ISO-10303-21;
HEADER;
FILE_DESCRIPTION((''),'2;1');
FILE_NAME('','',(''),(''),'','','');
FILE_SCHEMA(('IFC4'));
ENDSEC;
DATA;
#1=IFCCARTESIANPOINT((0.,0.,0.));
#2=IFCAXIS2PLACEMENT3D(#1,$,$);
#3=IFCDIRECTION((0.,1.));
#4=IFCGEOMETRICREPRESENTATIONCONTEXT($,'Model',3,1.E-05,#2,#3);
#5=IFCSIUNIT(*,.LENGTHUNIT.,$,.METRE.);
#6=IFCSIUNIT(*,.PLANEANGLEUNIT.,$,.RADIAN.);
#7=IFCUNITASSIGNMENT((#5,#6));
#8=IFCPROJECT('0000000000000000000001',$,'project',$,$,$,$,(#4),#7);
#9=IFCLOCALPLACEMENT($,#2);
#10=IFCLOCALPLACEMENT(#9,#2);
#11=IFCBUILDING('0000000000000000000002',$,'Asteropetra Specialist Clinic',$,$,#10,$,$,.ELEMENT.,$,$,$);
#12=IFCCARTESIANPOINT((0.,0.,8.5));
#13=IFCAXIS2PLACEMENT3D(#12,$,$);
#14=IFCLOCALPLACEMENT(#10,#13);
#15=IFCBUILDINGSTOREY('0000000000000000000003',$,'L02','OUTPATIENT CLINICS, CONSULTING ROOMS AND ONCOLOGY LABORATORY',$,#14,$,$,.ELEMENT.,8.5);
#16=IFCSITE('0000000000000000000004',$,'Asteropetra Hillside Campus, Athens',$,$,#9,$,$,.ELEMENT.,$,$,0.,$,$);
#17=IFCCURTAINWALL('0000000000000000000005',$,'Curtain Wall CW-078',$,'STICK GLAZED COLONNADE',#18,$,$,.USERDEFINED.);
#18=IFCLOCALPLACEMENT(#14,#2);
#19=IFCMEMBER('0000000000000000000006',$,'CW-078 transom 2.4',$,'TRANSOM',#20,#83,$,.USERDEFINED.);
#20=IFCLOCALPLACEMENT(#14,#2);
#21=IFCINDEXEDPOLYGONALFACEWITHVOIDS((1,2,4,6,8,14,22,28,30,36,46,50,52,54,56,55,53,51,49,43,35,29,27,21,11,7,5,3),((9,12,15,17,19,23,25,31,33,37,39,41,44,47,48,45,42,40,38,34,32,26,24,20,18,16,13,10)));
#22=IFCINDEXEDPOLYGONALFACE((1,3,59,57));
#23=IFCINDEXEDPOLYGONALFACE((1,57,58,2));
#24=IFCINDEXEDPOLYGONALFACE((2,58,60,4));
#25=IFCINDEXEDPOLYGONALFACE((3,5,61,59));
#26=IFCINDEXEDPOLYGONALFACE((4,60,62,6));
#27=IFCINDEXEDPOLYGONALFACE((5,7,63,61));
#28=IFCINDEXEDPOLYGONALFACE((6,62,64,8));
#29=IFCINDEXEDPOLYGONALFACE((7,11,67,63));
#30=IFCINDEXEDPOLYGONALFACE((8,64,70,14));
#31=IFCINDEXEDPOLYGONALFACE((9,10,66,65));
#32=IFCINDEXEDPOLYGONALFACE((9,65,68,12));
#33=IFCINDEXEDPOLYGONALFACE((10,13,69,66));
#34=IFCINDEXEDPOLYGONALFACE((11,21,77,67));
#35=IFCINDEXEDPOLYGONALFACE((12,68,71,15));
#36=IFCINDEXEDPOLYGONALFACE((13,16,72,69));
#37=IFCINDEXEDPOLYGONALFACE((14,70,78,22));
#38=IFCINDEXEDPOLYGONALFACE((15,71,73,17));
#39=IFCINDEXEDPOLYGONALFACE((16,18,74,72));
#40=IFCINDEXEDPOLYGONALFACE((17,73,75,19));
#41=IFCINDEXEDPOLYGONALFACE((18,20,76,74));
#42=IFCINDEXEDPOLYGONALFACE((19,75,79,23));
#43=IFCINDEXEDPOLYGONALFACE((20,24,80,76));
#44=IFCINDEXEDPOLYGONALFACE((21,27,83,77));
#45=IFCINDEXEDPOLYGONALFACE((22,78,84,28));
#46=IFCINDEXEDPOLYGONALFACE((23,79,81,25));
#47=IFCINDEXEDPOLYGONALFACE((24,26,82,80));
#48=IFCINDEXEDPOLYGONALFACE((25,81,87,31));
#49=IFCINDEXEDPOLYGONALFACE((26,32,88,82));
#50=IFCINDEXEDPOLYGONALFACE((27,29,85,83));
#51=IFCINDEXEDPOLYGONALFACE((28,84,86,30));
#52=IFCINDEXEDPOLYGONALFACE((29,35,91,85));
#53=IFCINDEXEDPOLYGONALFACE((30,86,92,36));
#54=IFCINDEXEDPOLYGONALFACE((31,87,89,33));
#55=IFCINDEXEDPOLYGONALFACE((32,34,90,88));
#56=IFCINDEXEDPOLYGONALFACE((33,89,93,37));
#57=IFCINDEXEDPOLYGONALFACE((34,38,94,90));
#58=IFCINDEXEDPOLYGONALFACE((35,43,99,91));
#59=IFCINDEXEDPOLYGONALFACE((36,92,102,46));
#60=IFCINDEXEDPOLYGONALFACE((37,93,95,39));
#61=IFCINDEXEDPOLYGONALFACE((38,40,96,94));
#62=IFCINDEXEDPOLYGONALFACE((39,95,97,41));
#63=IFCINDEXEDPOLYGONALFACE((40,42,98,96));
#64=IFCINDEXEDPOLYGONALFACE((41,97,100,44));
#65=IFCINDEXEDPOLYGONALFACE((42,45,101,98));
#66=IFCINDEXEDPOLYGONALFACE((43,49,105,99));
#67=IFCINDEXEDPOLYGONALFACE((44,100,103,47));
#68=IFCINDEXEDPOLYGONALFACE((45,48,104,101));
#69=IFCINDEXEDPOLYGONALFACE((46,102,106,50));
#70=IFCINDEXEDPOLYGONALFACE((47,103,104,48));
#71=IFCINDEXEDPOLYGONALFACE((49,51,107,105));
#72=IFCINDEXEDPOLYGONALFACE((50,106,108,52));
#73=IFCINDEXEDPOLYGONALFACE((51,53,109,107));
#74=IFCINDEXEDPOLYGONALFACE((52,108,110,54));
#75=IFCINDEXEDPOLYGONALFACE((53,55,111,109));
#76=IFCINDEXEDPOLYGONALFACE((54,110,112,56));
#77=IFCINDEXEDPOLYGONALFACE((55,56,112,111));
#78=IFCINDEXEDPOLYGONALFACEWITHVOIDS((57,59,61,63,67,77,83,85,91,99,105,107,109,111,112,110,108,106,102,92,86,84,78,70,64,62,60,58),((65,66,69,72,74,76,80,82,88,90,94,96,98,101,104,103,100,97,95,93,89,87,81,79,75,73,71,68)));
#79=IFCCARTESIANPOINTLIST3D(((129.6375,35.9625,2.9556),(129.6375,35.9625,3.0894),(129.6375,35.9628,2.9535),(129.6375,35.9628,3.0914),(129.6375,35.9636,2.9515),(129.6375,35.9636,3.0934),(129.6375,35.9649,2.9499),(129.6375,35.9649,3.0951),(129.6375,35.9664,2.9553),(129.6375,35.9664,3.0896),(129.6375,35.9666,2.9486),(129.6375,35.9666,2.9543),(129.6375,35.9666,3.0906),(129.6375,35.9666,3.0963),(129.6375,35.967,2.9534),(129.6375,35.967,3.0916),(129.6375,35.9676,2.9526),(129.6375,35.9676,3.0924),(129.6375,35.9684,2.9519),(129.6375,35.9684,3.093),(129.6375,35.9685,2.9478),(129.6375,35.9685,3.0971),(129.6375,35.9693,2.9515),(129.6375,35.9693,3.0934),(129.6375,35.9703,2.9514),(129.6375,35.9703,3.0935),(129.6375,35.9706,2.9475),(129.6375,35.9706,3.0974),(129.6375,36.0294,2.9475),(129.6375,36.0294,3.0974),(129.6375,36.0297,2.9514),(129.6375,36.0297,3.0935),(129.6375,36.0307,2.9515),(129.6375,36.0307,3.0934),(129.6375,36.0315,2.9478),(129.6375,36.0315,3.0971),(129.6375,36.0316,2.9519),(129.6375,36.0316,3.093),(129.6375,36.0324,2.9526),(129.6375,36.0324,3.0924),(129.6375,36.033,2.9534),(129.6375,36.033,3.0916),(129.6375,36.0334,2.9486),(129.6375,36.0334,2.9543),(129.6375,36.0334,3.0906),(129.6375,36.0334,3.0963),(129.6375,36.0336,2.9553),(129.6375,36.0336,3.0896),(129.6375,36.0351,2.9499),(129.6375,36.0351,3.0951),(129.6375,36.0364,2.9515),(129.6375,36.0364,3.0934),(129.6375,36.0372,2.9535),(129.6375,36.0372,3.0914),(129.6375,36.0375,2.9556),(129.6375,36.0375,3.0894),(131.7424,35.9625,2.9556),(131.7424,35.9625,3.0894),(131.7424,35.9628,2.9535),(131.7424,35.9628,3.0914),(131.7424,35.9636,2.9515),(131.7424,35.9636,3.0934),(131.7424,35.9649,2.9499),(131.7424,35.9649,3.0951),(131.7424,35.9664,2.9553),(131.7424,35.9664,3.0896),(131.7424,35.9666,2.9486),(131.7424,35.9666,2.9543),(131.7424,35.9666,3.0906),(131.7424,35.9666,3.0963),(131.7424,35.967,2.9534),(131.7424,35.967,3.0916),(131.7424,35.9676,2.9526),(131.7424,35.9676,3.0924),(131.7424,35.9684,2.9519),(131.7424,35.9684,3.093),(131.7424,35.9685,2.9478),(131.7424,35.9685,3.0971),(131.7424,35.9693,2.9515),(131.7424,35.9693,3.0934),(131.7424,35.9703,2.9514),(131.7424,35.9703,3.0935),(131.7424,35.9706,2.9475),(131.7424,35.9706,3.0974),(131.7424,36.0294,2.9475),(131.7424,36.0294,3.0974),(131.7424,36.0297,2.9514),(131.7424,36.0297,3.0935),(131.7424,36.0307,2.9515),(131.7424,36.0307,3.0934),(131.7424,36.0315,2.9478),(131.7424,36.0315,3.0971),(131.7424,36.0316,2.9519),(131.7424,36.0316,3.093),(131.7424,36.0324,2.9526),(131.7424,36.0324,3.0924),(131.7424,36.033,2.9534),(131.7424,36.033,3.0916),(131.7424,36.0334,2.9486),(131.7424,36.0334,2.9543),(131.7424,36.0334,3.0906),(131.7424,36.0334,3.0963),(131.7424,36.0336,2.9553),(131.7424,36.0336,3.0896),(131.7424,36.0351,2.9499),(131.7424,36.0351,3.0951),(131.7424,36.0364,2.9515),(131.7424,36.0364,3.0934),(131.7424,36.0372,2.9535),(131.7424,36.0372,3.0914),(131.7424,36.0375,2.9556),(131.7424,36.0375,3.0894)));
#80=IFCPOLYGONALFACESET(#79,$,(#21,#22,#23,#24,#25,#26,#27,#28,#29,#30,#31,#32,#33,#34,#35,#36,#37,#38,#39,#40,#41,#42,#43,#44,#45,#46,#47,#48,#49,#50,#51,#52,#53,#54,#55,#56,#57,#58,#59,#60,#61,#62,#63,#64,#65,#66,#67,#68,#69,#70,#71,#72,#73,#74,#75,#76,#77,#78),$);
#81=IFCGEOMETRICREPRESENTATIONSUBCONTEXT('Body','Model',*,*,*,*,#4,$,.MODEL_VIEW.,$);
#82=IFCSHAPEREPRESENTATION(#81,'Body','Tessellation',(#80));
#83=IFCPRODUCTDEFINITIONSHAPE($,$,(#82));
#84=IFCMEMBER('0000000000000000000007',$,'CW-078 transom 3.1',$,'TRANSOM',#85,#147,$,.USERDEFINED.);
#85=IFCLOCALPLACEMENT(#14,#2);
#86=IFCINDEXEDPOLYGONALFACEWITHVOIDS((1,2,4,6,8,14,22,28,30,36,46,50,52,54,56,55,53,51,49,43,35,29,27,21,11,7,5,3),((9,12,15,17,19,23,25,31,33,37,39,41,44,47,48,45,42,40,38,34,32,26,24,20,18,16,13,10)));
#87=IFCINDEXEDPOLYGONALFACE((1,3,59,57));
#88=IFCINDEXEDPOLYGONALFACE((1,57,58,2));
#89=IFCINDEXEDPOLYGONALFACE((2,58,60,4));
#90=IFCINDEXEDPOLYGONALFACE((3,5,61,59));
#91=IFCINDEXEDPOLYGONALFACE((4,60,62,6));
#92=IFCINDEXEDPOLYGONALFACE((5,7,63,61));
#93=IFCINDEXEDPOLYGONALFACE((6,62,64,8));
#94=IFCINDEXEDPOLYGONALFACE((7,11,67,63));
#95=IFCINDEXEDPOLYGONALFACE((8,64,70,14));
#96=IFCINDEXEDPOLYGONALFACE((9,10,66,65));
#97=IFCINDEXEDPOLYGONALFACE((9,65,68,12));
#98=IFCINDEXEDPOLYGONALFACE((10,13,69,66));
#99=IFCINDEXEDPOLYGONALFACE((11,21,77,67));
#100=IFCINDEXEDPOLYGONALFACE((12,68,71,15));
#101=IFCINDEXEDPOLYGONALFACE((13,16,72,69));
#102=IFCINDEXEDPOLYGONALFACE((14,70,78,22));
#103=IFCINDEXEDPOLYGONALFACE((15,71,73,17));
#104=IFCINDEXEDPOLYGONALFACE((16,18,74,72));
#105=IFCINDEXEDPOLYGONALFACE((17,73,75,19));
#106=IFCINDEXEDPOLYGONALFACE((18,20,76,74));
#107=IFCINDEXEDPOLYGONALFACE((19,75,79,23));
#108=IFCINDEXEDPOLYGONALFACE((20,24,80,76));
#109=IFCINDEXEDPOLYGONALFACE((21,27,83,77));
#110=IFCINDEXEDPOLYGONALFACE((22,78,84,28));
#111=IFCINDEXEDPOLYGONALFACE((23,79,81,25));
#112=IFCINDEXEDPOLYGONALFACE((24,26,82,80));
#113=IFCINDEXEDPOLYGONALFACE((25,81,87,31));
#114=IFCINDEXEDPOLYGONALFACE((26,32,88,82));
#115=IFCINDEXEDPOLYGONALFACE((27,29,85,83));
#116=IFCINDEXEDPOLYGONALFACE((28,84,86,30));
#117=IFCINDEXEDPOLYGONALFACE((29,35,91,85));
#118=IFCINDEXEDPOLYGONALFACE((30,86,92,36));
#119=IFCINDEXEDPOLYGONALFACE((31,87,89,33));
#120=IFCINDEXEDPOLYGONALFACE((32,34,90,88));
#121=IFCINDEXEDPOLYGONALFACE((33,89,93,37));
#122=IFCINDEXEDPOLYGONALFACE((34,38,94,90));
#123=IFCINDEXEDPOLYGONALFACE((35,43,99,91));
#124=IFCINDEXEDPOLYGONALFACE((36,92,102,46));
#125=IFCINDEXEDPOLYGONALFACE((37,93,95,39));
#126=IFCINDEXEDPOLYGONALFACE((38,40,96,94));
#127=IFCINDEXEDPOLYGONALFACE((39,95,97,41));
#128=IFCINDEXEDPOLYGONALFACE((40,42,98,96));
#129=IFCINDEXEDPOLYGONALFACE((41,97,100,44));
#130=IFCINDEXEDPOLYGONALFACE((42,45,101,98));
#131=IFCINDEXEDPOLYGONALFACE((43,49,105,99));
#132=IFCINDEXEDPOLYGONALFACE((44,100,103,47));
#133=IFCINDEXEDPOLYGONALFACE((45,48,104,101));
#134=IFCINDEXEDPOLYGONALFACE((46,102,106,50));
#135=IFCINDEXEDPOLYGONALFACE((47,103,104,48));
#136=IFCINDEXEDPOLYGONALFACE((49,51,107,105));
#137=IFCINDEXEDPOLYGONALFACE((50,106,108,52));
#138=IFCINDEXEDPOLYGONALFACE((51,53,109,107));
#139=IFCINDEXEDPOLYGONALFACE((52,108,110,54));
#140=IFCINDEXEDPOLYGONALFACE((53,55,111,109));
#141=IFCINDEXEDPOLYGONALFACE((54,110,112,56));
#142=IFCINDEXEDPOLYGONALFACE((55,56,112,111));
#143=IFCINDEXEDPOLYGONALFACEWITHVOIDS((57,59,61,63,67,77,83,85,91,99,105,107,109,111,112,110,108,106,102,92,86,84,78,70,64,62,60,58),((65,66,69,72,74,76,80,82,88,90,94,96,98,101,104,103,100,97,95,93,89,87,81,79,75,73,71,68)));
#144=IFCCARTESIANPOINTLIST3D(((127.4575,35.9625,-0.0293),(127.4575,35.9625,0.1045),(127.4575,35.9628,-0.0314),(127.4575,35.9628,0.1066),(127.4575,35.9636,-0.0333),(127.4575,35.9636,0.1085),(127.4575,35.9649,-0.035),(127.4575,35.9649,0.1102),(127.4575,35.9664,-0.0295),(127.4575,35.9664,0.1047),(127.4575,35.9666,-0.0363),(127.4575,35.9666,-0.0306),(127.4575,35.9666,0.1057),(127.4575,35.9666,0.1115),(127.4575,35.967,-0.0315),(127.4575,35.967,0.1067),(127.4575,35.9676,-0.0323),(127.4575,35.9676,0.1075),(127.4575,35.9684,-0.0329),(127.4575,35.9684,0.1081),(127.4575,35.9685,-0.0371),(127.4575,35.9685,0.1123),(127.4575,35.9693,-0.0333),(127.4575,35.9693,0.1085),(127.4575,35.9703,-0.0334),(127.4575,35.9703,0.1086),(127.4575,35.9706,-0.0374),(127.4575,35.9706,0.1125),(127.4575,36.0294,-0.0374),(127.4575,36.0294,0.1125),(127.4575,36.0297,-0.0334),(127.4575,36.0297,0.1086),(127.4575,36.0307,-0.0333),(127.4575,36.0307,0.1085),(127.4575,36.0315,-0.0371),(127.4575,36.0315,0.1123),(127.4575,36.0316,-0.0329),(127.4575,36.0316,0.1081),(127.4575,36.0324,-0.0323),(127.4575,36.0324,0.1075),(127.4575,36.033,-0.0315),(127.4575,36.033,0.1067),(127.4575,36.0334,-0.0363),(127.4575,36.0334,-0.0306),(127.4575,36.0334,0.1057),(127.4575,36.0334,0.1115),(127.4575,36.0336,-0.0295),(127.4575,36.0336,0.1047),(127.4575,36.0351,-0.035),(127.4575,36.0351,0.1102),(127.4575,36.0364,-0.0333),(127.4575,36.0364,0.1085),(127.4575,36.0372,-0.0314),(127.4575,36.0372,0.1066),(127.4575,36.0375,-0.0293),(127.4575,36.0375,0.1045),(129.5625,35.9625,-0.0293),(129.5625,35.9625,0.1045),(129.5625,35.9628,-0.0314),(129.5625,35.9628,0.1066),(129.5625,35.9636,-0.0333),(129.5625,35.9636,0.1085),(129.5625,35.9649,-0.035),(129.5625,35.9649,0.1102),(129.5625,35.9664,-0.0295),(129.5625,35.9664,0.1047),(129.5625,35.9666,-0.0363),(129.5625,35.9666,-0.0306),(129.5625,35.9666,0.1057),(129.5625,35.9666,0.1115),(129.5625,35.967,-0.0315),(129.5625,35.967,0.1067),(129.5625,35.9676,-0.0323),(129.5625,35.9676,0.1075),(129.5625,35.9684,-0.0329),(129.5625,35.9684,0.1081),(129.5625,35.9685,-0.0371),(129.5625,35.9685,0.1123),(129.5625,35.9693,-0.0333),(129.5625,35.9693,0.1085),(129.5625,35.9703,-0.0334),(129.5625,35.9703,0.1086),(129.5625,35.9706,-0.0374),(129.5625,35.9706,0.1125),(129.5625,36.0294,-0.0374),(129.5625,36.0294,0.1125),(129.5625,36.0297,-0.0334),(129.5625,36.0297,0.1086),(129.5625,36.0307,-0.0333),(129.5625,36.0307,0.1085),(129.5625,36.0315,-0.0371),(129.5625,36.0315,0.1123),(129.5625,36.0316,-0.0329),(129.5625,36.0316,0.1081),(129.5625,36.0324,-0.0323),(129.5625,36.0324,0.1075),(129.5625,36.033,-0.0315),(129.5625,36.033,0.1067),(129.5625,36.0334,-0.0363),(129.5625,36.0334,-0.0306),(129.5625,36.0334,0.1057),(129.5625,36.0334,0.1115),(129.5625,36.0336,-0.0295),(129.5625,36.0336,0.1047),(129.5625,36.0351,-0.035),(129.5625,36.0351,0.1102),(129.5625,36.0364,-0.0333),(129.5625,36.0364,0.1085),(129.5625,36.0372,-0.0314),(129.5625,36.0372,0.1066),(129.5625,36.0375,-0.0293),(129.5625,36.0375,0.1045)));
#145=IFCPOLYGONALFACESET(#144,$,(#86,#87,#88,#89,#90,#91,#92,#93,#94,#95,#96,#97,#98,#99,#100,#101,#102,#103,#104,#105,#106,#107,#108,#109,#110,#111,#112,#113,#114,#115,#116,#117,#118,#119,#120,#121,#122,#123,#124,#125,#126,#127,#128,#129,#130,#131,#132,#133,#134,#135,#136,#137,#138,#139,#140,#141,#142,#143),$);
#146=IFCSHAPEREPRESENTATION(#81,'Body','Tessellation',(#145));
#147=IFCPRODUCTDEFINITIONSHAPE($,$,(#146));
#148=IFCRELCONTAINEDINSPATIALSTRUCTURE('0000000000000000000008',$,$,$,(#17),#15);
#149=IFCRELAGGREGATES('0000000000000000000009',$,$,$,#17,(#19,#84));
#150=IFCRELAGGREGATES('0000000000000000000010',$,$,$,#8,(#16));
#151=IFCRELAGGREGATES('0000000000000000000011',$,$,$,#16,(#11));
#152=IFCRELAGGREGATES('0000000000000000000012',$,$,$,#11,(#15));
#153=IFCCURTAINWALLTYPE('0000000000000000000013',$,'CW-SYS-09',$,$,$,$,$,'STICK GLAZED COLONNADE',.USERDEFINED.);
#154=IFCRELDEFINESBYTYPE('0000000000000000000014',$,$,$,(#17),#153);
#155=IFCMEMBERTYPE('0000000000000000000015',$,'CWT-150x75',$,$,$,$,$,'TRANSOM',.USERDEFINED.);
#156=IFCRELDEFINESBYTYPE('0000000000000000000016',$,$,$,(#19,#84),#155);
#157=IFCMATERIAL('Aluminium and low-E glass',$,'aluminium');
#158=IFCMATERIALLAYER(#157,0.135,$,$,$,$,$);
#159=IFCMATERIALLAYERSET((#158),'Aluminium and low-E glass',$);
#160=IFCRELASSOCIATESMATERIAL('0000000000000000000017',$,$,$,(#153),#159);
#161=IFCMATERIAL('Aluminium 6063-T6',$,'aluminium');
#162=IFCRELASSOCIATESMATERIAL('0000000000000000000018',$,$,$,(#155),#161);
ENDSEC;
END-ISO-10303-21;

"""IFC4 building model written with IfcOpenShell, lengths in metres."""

from ifc_helpers import new_model, si_unit, direction, frame, origin, origin_2d, place, context, subcontext, project, spatial, hollow_rectangle, extrude, material, layer, layer_set, material_profile, profile_set, type_object, element, aggregate, save


model = new_model("IFC4")

# Units and contexts
model_context = context("Model", 3, precision=1e-05, world=origin(), true_north=direction((0.0, 1.0)))
body_context = subcontext(model_context, "Body", "Model", "MODEL_VIEW")
ifc_project = project(units=[si_unit("LENGTHUNIT", "METRE"), si_unit("PLANEANGLEUNIT", "RADIAN")], contexts=[model_context])

# Site, building, storey
site_placement = place(None, origin())
site = spatial("IfcSite", under=ifc_project, at=site_placement, Name="Asteropetra Hillside Campus, Athens", CompositionType="ELEMENT", RefElevation=0.0)
building_placement = place(site_placement, origin())
building = spatial("IfcBuilding", under=site, at=building_placement, Name="Asteropetra Specialist Clinic", CompositionType="ELEMENT")
storey_placement = place(building_placement, frame((0.0, 0.0, 8.5)))
storey = spatial("IfcBuildingStorey", under=building, at=storey_placement, Name="L02", Description="OUTPATIENT CLINICS, CONSULTING ROOMS AND ONCOLOGY LABORATORY", CompositionType="ELEMENT", Elevation=8.5)

# Curtain wall
ifc_material_1 = material(Name="Aluminium and low-E glass", Category="aluminium")
ifc_layer_1 = layer(ifc_material_1, 0.135)
ifc_layer_set_1 = layer_set([ifc_layer_1], Name="Aluminium and low-E glass")
curtain_wall_type_1 = type_object("IfcCurtainWallType", Name="CW-SYS-09", ElementType="STICK GLAZED COLONNADE", PredefinedType="USERDEFINED", material=ifc_layer_set_1)
curtain_wall_1_placement = place(storey_placement, origin())
curtain_wall_1 = element("IfcCurtainWall", 1, at=curtain_wall_1_placement, inside=storey, type_object=curtain_wall_type_1, Name="Curtain Wall CW-078", ObjectType="STICK GLAZED COLONNADE", PredefinedType="USERDEFINED")

# Members
ifc_material_2 = material(Name="Aluminium 6063-T6", Category="aluminium")
ifc_material_profile_1 = material_profile(ifc_material_2, hollow_rectangle(XDim=0.075, YDim=0.1499, WallThickness=0.0039, InnerFilletRadius=0.0039, OuterFilletRadius=0.0081, at=origin_2d()), Name="TRN 150x75x4.0")
ifc_profile_set_1 = profile_set([ifc_material_profile_1], Name="Aluminium 6063-T6")
member_type_1 = type_object("IfcMemberType", Name="CWT-150x75", ElementType="TRANSOM", PredefinedType="USERDEFINED", material=ifc_profile_set_1)
member_1_placement = place(storey_placement, frame((131.7424, 36.0, 3.0225), z_axis=(-1.0, 0.0, 0.0), x_axis=(0.0, -1.0, 0.0)))
member_1 = element("IfcMember", 2, at=member_1_placement, type_object=member_type_1, Name="CW-078 transom 2.4", ObjectType="TRANSOM", PredefinedType="USERDEFINED", context=body_context, shape_type="SweptSolid", body=[
    extrude(hollow_rectangle(XDim=0.075, YDim=0.1499, WallThickness=0.0039, InnerFilletRadius=0.0039, OuterFilletRadius=0.0081, at=origin_2d()), origin(), (0.0, 0.0, 1.0), 2.105),
])
member_2_placement = place(storey_placement, frame((129.5625, 36.0, 0.0376), z_axis=(-1.0, 0.0, 0.0), x_axis=(0.0, -1.0, 0.0)))
member_2 = element("IfcMember", 3, at=member_2_placement, type_object=member_type_1, Name="CW-078 transom 3.1", ObjectType="TRANSOM", PredefinedType="USERDEFINED", context=body_context, shape_type="SweptSolid", body=[
    extrude(hollow_rectangle(XDim=0.075, YDim=0.1499, WallThickness=0.0039, InnerFilletRadius=0.0039, OuterFilletRadius=0.0081, at=origin_2d()), origin(), (0.0, 0.0, 1.0), 2.105),
])

aggregate(curtain_wall_1, [member_1, member_2])

save(model, "model.ifc")
